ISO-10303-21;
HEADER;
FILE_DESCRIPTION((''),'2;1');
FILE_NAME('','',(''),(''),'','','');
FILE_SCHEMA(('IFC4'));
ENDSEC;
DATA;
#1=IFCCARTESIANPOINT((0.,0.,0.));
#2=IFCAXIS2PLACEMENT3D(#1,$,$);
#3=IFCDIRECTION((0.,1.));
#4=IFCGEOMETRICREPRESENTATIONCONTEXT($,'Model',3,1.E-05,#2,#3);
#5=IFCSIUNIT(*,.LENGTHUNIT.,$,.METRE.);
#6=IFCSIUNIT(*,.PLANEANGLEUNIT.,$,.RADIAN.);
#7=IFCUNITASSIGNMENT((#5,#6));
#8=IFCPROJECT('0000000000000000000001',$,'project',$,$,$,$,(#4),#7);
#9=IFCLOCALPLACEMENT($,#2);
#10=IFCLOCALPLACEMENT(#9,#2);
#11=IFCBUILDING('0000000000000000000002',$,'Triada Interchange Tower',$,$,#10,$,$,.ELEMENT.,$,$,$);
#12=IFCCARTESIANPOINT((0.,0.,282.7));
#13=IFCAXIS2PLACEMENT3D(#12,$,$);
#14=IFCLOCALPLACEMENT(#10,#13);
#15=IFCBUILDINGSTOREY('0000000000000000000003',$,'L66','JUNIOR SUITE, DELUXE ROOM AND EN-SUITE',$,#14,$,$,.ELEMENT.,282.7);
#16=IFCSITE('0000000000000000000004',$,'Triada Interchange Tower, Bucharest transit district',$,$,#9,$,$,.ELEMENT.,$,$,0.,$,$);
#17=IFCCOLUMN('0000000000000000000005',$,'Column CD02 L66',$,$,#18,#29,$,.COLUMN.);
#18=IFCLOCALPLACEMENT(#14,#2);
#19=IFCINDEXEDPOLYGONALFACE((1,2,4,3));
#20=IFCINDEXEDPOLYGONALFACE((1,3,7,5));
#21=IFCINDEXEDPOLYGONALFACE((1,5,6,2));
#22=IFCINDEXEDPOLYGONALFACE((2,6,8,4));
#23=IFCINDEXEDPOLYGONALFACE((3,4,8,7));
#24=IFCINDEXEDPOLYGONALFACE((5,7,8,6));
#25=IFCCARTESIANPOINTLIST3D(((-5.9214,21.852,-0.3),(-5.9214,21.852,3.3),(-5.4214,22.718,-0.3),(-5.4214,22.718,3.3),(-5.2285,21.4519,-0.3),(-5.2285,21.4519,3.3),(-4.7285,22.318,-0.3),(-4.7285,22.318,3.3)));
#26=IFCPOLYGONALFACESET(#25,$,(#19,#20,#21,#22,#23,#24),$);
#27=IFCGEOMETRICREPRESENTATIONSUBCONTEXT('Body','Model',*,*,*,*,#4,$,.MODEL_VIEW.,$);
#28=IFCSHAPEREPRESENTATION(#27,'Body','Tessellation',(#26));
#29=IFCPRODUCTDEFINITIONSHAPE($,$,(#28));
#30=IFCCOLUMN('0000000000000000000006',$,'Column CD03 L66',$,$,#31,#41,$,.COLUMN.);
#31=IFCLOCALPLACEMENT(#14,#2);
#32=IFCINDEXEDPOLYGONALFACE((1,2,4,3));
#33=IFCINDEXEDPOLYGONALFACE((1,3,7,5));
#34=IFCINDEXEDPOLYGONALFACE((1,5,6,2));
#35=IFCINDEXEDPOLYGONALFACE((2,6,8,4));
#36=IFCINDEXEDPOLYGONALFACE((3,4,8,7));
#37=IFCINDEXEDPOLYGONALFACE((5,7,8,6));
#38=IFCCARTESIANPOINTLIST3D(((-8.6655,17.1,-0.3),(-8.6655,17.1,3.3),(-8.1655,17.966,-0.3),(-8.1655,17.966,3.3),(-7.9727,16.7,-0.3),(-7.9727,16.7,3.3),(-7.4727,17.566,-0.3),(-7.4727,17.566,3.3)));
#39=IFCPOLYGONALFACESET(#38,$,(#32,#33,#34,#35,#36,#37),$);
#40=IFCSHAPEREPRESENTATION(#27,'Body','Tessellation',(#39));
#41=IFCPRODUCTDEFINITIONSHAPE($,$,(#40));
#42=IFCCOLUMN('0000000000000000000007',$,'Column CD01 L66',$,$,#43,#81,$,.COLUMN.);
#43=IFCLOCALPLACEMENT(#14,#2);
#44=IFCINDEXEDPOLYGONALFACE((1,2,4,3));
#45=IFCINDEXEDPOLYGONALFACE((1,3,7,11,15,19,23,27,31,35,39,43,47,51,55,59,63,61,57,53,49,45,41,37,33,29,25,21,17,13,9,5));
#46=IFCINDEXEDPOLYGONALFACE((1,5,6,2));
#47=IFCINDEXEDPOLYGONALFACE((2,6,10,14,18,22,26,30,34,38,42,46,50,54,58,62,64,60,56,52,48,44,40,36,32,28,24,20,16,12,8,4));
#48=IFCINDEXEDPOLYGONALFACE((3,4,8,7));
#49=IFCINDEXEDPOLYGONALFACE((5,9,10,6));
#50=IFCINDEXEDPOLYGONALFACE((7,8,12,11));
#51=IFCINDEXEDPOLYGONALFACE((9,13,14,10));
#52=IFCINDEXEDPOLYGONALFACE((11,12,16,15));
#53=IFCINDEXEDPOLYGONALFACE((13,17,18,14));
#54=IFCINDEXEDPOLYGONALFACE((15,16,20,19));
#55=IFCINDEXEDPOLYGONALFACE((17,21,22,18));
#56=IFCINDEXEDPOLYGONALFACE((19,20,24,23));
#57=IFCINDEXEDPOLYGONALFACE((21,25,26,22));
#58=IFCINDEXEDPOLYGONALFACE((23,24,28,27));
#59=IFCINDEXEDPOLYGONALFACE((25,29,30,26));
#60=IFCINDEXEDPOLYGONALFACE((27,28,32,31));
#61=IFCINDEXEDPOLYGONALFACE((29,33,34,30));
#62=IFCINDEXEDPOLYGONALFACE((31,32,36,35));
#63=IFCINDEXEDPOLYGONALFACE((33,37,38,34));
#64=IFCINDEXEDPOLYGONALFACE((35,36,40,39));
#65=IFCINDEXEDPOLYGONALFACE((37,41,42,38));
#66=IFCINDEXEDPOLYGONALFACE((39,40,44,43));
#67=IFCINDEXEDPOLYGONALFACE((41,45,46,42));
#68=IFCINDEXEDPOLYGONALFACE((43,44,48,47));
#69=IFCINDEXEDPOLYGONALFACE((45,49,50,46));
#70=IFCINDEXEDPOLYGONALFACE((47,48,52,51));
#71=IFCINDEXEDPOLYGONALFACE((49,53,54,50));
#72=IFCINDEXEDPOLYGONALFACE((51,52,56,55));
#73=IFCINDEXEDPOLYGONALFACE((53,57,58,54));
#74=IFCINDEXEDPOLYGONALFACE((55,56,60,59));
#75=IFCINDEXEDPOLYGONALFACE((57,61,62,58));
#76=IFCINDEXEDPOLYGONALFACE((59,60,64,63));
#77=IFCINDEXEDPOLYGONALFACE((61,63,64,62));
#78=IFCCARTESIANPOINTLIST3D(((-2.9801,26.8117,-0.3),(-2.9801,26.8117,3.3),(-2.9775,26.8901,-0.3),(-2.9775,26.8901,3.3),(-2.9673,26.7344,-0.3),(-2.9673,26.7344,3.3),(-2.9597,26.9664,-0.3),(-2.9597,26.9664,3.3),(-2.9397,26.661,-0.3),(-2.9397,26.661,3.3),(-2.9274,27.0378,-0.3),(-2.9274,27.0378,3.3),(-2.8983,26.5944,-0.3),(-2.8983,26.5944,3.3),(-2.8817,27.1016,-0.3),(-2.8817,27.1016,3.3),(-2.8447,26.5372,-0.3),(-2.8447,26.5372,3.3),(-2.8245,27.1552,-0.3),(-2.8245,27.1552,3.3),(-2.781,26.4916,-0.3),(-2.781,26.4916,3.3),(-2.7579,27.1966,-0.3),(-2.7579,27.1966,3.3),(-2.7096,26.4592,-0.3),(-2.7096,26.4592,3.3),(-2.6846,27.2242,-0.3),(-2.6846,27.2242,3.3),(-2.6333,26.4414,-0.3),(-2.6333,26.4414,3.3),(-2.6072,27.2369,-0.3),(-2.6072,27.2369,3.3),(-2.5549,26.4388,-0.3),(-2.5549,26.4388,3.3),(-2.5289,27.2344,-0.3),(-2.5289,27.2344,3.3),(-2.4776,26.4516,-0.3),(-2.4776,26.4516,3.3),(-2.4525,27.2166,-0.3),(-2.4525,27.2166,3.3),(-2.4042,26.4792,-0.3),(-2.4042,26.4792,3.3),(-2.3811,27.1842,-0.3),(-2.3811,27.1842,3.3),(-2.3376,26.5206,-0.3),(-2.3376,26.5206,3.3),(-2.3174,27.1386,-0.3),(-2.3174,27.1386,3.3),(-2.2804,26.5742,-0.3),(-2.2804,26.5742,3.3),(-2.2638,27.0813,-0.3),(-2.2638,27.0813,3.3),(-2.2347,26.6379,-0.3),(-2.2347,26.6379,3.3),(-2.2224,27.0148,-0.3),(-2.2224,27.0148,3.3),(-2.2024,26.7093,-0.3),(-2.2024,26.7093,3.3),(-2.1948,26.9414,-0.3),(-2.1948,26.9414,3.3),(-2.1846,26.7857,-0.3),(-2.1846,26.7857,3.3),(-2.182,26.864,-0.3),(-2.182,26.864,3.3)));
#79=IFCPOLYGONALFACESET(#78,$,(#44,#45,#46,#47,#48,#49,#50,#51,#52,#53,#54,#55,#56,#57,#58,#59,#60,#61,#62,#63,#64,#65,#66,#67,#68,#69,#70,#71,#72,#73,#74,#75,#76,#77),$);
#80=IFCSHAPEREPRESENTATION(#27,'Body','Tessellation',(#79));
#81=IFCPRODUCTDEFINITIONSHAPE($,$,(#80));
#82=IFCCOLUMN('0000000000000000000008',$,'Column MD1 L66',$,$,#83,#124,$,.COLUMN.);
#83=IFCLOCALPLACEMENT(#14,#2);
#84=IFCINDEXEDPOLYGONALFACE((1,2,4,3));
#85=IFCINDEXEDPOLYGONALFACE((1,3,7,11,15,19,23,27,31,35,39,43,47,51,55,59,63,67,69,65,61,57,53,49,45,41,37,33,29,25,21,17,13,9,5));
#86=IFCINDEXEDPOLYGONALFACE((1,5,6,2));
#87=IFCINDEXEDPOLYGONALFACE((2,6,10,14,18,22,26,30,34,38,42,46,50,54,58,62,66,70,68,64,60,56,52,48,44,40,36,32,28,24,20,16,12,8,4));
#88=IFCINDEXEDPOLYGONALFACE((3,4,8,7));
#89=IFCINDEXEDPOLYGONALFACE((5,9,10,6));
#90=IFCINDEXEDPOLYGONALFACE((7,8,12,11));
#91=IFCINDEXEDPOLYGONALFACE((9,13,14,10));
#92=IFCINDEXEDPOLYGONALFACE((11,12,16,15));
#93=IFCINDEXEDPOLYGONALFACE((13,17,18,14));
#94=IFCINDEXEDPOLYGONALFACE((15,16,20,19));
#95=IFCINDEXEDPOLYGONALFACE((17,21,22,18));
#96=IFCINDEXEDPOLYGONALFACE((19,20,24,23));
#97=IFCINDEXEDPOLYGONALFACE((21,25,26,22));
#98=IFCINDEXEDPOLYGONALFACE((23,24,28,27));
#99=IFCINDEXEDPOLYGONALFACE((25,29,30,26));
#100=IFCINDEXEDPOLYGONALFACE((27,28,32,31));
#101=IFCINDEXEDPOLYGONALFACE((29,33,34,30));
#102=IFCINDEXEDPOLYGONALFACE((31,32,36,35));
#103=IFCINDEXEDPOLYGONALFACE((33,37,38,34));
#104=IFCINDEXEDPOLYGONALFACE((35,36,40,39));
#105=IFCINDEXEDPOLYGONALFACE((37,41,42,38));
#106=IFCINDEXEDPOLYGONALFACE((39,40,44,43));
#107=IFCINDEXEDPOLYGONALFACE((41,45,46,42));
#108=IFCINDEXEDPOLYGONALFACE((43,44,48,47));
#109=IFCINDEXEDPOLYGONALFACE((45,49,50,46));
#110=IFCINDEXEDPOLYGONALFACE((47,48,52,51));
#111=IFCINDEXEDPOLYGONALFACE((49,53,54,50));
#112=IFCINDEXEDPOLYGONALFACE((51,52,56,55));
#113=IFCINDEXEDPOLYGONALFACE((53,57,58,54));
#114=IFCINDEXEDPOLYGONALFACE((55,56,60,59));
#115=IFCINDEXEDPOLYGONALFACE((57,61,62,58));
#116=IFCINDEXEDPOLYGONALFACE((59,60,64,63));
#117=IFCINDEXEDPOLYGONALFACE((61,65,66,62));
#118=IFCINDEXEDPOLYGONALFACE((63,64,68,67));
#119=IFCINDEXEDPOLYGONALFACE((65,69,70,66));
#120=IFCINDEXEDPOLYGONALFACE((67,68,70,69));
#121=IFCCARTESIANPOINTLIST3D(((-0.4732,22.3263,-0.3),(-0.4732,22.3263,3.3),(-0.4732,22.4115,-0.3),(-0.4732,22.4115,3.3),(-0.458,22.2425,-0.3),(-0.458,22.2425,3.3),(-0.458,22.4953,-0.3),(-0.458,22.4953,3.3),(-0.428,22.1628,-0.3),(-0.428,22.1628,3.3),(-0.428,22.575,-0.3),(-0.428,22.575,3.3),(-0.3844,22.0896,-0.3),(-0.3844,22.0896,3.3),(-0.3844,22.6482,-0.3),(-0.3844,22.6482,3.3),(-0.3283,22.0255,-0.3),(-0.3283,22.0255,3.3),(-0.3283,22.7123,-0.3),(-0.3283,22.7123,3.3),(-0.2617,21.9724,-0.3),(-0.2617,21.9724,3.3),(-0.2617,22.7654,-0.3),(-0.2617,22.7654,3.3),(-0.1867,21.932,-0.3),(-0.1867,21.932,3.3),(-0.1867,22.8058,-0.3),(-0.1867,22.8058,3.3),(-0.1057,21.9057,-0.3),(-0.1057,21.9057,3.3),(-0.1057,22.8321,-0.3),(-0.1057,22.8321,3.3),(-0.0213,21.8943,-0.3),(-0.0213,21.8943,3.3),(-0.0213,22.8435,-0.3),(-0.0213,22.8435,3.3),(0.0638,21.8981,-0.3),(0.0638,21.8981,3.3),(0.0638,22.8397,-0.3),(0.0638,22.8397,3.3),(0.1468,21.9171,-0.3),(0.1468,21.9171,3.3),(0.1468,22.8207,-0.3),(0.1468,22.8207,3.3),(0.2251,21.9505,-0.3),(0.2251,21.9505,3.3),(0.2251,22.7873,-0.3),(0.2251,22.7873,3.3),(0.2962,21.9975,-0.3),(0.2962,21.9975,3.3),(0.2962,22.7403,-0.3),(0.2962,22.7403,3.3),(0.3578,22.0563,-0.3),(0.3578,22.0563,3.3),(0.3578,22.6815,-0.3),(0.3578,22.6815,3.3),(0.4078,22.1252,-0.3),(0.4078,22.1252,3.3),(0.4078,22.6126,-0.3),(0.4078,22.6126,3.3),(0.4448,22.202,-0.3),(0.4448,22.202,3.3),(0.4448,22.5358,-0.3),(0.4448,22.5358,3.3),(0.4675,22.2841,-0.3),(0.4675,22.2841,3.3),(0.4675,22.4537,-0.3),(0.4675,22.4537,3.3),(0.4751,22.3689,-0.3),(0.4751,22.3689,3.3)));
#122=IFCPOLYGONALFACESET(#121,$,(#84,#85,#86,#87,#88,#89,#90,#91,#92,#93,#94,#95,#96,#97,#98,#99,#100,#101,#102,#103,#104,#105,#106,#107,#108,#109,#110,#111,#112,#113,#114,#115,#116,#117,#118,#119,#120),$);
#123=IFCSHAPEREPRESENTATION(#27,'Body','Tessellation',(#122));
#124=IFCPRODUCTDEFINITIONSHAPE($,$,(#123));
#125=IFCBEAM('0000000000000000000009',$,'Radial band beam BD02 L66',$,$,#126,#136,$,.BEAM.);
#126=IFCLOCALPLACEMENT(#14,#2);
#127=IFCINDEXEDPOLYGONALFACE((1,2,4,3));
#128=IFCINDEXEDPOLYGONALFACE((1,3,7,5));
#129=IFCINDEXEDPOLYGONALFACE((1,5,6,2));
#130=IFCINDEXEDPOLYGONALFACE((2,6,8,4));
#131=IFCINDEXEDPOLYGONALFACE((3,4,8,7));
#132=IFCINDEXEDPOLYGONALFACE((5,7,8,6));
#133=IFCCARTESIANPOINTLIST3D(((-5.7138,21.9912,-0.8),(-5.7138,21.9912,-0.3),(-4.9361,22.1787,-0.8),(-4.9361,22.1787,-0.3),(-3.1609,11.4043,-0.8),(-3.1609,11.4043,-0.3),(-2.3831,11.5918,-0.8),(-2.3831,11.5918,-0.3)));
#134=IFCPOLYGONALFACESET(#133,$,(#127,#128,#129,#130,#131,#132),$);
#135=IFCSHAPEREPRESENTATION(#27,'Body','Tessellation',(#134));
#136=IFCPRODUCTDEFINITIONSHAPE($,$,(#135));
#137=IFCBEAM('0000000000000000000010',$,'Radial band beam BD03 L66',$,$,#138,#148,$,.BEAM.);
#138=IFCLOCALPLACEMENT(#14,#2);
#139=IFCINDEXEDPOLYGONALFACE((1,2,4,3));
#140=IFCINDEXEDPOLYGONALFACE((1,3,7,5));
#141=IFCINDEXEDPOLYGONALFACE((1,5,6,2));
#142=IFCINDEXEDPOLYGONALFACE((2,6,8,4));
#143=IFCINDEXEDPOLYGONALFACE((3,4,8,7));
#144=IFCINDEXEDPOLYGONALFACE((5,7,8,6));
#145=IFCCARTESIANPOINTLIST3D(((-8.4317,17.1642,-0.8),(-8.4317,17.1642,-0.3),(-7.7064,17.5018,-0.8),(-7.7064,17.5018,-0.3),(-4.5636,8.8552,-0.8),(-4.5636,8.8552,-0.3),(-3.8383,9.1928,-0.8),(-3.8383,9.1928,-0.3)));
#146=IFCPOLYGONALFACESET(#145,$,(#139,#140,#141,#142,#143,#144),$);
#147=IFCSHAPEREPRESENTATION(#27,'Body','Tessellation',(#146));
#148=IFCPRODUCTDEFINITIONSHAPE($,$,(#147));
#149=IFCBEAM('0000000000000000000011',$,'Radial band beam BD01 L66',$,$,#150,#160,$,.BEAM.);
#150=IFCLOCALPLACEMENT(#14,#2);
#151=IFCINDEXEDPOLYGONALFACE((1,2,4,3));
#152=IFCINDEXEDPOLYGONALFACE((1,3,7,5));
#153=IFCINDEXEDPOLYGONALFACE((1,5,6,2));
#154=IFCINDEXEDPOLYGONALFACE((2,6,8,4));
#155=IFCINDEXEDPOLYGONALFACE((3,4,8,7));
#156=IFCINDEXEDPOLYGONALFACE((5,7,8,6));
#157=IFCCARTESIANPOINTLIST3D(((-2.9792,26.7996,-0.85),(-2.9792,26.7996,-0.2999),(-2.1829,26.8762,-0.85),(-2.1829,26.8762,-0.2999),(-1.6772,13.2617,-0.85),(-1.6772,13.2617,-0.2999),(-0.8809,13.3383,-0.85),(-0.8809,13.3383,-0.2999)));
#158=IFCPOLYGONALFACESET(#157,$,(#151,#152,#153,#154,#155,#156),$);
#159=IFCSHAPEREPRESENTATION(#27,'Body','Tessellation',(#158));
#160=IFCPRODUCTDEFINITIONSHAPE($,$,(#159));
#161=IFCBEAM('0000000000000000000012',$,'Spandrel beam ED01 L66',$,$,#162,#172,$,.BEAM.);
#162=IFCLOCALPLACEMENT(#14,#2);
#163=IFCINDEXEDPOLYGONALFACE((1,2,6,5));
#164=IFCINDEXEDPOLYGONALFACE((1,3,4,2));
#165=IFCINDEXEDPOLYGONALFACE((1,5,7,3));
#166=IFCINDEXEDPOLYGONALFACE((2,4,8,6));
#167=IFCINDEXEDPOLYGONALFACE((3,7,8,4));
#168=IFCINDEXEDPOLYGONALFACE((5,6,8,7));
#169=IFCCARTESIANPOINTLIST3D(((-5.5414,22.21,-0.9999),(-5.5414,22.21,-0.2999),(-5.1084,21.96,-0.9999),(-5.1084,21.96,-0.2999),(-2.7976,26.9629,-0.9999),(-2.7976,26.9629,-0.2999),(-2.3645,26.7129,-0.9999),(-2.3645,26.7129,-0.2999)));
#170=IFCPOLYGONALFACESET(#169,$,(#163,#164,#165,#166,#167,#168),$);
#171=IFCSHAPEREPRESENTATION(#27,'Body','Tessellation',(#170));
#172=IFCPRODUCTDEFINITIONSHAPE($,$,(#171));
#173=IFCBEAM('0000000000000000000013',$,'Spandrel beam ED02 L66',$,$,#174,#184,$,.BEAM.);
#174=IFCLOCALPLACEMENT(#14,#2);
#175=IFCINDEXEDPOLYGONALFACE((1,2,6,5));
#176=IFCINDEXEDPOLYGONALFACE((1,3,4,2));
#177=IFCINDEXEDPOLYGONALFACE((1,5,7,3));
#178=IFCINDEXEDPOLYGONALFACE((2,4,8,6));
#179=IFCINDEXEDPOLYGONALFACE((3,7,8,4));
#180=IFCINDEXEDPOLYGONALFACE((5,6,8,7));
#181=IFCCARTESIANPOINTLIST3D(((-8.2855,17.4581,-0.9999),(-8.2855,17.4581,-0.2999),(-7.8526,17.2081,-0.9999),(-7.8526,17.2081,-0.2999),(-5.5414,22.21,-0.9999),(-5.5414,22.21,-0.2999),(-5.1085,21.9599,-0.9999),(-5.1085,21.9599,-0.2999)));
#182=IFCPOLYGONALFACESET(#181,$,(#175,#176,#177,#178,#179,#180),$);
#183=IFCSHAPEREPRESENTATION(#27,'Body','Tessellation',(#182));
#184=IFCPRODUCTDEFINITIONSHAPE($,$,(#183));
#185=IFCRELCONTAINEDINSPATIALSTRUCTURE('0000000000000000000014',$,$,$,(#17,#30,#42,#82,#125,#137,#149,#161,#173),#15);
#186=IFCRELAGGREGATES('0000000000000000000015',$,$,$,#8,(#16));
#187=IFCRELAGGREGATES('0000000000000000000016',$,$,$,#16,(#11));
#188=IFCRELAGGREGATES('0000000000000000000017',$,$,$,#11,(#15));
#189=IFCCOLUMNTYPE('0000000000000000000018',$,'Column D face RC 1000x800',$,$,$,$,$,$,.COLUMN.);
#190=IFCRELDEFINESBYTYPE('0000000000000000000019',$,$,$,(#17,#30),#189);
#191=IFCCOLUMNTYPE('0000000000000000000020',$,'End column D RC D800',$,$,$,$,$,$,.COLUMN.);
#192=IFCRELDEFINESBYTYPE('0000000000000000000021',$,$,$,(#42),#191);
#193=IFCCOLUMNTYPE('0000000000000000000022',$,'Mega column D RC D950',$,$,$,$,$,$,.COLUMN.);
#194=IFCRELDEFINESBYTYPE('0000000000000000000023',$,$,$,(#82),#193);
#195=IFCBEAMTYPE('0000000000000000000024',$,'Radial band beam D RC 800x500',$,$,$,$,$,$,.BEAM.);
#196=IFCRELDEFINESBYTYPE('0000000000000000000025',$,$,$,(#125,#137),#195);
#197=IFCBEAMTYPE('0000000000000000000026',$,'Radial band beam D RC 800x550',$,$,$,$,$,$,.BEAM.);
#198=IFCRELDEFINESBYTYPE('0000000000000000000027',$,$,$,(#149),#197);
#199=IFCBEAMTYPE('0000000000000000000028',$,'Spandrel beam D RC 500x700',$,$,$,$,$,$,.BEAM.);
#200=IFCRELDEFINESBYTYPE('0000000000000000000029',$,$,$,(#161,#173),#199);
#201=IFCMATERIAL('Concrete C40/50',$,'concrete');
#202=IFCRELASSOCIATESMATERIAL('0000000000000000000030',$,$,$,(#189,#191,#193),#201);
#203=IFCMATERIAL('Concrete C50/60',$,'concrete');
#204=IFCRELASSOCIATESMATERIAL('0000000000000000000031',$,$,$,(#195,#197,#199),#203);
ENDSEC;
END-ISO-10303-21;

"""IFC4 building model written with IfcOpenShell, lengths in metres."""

from ifc_helpers import new_model, si_unit, direction, frame, origin, origin_2d, place, context, subcontext, project, spatial, rectangle, circle, extrude, material, material_profile, profile_set, type_object, element, save


model = new_model("IFC4")

# Units and contexts
model_context = context("Model", 3, precision=1e-05, world=origin(), true_north=direction((0.0, 1.0)))
body_context = subcontext(model_context, "Body", "Model", "MODEL_VIEW")
ifc_project = project(units=[si_unit("LENGTHUNIT", "METRE"), si_unit("PLANEANGLEUNIT", "RADIAN")], contexts=[model_context])

# Site, building, storey
site_placement = place(None, origin())
site = spatial("IfcSite", under=ifc_project, at=site_placement, Name="Triada Interchange Tower, Bucharest transit district", CompositionType="ELEMENT", RefElevation=0.0)
building_placement = place(site_placement, origin())
building = spatial("IfcBuilding", under=site, at=building_placement, Name="Triada Interchange Tower", CompositionType="ELEMENT")
storey_placement = place(building_placement, frame((0.0, 0.0, 282.7)))
storey = spatial("IfcBuildingStorey", under=building, at=storey_placement, Name="L66", Description="JUNIOR SUITE, DELUXE ROOM AND EN-SUITE", CompositionType="ELEMENT", Elevation=282.7)

# Columns
ifc_material_1 = material(Name="Concrete C40/50", Category="concrete")
ifc_material_profile_1 = material_profile(ifc_material_1, rectangle(XDim=1.0, YDim=0.8, at=origin_2d()), Name="RC 1000x800")
ifc_profile_set_1 = profile_set([ifc_material_profile_1], Name="Concrete C40/50")
column_type_1 = type_object("IfcColumnType", Name="Column D face RC 1000x800", PredefinedType="COLUMN", material=ifc_profile_set_1)
for number, where, z_axis, x_axis, name in (
    (1, (-5.325, 22.085, -0.3), (0.0, 0.0, 1.0), (0.5, 0.866025, 0.0), "Column CD02 L66"),
    (2, (-8.0691, 17.333, -0.3), (0.0, 0.0, 1.0), (0.5, 0.866025, 0.0), "Column CD03 L66"),
):
    element("IfcColumn", number, at=place(storey_placement, frame(where, z_axis=z_axis, x_axis=x_axis)), inside=storey, type_object=column_type_1, Name=name, PredefinedType="COLUMN", context=body_context, shape_type="SweptSolid", body=[
        extrude(rectangle(XDim=1.0, YDim=0.8, at=origin_2d()), origin(), (0.0, 0.0, 1.0), 3.6001),
    ])
ifc_material_profile_2 = material_profile(ifc_material_1, circle(Radius=0.3999, at=origin_2d()), Name="RC D800")
ifc_profile_set_2 = profile_set([ifc_material_profile_2], Name="Concrete C40/50")
column_type_2 = type_object("IfcColumnType", Name="End column D RC D800", PredefinedType="COLUMN", material=ifc_profile_set_2)
column_1_placement = place(storey_placement, frame((-2.5811, 26.8379, -0.3), z_axis=(0.0, 0.0, 1.0), x_axis=(0.5, 0.866025, 0.0)))
element("IfcColumn", 3, at=column_1_placement, inside=storey, type_object=column_type_2, Name="Column CD01 L66", PredefinedType="COLUMN", context=body_context, shape_type="SweptSolid", body=[
    extrude(circle(Radius=0.3999, at=origin_2d()), origin(), (0.0, 0.0, 1.0), 3.6001),
])
ifc_material_profile_3 = material_profile(ifc_material_1, circle(Radius=0.4751, at=origin_2d()), Name="RC D950")
ifc_profile_set_3 = profile_set([ifc_material_profile_3], Name="Concrete C40/50")
column_type_3 = type_object("IfcColumnType", Name="Mega column D RC D950", PredefinedType="COLUMN", material=ifc_profile_set_3)
column_2_placement = place(storey_placement, frame((0.0, 22.3689, -0.3), z_axis=(0.0, 0.0, 1.0), x_axis=(1.0, 0.0, 0.0)))
element("IfcColumn", 4, at=column_2_placement, inside=storey, type_object=column_type_3, Name="Column MD1 L66", PredefinedType="COLUMN", context=body_context, shape_type="SweptSolid", body=[
    extrude(circle(Radius=0.4751, at=origin_2d()), origin(), (0.0, 0.0, 1.0), 3.6001),
])

# Beams
ifc_material_2 = material(Name="Concrete C50/60", Category="concrete")
ifc_material_profile_4 = material_profile(ifc_material_2, rectangle(XDim=0.8, YDim=0.5, at=origin_2d()), Name="RC 800x500")
ifc_profile_set_4 = profile_set([ifc_material_profile_4], Name="Concrete C50/60")
beam_type_1 = type_object("IfcBeamType", Name="Radial band beam D RC 800x500", PredefinedType="BEAM", material=ifc_profile_set_4)
beam_1_placement = place(storey_placement, frame((-5.325, 22.085, -0.55), z_axis=(0.234425, -0.972134, 0.0), x_axis=(0.972134, 0.234425, 0.0)))
element("IfcBeam", 5, at=beam_1_placement, inside=storey, type_object=beam_type_1, Name="Radial band beam BD02 L66", PredefinedType="BEAM", context=body_context, shape_type="SweptSolid", body=[
    extrude(rectangle(XDim=0.8, YDim=0.5, at=origin_2d()), origin(), (0.0, 0.0, 1.0), 10.8904),
])
beam_2_placement = place(storey_placement, frame((-8.0691, 17.333, -0.55), z_axis=(0.422042, -0.906576, 0.0), x_axis=(0.906576, 0.422042, 0.0)))
element("IfcBeam", 6, at=beam_2_placement, inside=storey, type_object=beam_type_1, Name="Radial band beam BD03 L66", PredefinedType="BEAM", context=body_context, shape_type="SweptSolid", body=[
    extrude(rectangle(XDim=0.8, YDim=0.5, at=origin_2d()), origin(), (0.0, 0.0, 1.0), 9.1653),
])
ifc_material_profile_5 = material_profile(ifc_material_2, rectangle(XDim=0.8, YDim=0.55, at=origin_2d()), Name="RC 800x550")
ifc_profile_set_5 = profile_set([ifc_material_profile_5], Name="Concrete C50/60")
beam_type_2 = type_object("IfcBeamType", Name="Radial band beam D RC 800x550", PredefinedType="BEAM", material=ifc_profile_set_5)
beam_3_placement = place(storey_placement, frame((-2.5811, 26.8379, -0.575), z_axis=(0.095733, -0.995407, 0.0), x_axis=(0.995407, 0.095733, 0.0)))
element("IfcBeam", 7, at=beam_3_placement, inside=storey, type_object=beam_type_2, Name="Radial band beam BD01 L66", PredefinedType="BEAM", context=body_context, shape_type="SweptSolid", body=[
    extrude(rectangle(XDim=0.8, YDim=0.55, at=origin_2d()), origin(), (0.0, 0.0, 1.0), 13.6003),
])
ifc_material_profile_6 = material_profile(ifc_material_2, rectangle(XDim=0.5, YDim=0.7, at=origin_2d()), Name="RC 500x700")
ifc_profile_set_6 = profile_set([ifc_material_profile_6], Name="Concrete C50/60")
beam_type_3 = type_object("IfcBeamType", Name="Spandrel beam D RC 500x700", PredefinedType="BEAM", material=ifc_profile_set_6)
beam_4_placement = place(storey_placement, frame((-2.5811, 26.8379, -0.6499), z_axis=(-0.499971, -0.866042, 0.0), x_axis=(0.866042, -0.499971, 0.0)))
element("IfcBeam", 8, at=beam_4_placement, inside=storey, type_object=beam_type_3, Name="Spandrel beam ED01 L66", PredefinedType="BEAM", context=body_context, shape_type="SweptSolid", body=[
    extrude(rectangle(XDim=0.5, YDim=0.7, at=origin_2d()), origin(), (0.0, 0.0, 1.0), 5.488),
])
beam_5_placement = place(storey_placement, frame((-5.325, 22.085, -0.6499), z_axis=(-0.500082, -0.865978, 0.0), x_axis=(0.865978, -0.500082, 0.0)))
element("IfcBeam", 9, at=beam_5_placement, inside=storey, type_object=beam_type_3, Name="Spandrel beam ED02 L66", PredefinedType="BEAM", context=body_context, shape_type="SweptSolid", body=[
    extrude(rectangle(XDim=0.5, YDim=0.7, at=origin_2d()), origin(), (0.0, 0.0, 1.0), 5.4873),
])

save(model, "model.ifc")
